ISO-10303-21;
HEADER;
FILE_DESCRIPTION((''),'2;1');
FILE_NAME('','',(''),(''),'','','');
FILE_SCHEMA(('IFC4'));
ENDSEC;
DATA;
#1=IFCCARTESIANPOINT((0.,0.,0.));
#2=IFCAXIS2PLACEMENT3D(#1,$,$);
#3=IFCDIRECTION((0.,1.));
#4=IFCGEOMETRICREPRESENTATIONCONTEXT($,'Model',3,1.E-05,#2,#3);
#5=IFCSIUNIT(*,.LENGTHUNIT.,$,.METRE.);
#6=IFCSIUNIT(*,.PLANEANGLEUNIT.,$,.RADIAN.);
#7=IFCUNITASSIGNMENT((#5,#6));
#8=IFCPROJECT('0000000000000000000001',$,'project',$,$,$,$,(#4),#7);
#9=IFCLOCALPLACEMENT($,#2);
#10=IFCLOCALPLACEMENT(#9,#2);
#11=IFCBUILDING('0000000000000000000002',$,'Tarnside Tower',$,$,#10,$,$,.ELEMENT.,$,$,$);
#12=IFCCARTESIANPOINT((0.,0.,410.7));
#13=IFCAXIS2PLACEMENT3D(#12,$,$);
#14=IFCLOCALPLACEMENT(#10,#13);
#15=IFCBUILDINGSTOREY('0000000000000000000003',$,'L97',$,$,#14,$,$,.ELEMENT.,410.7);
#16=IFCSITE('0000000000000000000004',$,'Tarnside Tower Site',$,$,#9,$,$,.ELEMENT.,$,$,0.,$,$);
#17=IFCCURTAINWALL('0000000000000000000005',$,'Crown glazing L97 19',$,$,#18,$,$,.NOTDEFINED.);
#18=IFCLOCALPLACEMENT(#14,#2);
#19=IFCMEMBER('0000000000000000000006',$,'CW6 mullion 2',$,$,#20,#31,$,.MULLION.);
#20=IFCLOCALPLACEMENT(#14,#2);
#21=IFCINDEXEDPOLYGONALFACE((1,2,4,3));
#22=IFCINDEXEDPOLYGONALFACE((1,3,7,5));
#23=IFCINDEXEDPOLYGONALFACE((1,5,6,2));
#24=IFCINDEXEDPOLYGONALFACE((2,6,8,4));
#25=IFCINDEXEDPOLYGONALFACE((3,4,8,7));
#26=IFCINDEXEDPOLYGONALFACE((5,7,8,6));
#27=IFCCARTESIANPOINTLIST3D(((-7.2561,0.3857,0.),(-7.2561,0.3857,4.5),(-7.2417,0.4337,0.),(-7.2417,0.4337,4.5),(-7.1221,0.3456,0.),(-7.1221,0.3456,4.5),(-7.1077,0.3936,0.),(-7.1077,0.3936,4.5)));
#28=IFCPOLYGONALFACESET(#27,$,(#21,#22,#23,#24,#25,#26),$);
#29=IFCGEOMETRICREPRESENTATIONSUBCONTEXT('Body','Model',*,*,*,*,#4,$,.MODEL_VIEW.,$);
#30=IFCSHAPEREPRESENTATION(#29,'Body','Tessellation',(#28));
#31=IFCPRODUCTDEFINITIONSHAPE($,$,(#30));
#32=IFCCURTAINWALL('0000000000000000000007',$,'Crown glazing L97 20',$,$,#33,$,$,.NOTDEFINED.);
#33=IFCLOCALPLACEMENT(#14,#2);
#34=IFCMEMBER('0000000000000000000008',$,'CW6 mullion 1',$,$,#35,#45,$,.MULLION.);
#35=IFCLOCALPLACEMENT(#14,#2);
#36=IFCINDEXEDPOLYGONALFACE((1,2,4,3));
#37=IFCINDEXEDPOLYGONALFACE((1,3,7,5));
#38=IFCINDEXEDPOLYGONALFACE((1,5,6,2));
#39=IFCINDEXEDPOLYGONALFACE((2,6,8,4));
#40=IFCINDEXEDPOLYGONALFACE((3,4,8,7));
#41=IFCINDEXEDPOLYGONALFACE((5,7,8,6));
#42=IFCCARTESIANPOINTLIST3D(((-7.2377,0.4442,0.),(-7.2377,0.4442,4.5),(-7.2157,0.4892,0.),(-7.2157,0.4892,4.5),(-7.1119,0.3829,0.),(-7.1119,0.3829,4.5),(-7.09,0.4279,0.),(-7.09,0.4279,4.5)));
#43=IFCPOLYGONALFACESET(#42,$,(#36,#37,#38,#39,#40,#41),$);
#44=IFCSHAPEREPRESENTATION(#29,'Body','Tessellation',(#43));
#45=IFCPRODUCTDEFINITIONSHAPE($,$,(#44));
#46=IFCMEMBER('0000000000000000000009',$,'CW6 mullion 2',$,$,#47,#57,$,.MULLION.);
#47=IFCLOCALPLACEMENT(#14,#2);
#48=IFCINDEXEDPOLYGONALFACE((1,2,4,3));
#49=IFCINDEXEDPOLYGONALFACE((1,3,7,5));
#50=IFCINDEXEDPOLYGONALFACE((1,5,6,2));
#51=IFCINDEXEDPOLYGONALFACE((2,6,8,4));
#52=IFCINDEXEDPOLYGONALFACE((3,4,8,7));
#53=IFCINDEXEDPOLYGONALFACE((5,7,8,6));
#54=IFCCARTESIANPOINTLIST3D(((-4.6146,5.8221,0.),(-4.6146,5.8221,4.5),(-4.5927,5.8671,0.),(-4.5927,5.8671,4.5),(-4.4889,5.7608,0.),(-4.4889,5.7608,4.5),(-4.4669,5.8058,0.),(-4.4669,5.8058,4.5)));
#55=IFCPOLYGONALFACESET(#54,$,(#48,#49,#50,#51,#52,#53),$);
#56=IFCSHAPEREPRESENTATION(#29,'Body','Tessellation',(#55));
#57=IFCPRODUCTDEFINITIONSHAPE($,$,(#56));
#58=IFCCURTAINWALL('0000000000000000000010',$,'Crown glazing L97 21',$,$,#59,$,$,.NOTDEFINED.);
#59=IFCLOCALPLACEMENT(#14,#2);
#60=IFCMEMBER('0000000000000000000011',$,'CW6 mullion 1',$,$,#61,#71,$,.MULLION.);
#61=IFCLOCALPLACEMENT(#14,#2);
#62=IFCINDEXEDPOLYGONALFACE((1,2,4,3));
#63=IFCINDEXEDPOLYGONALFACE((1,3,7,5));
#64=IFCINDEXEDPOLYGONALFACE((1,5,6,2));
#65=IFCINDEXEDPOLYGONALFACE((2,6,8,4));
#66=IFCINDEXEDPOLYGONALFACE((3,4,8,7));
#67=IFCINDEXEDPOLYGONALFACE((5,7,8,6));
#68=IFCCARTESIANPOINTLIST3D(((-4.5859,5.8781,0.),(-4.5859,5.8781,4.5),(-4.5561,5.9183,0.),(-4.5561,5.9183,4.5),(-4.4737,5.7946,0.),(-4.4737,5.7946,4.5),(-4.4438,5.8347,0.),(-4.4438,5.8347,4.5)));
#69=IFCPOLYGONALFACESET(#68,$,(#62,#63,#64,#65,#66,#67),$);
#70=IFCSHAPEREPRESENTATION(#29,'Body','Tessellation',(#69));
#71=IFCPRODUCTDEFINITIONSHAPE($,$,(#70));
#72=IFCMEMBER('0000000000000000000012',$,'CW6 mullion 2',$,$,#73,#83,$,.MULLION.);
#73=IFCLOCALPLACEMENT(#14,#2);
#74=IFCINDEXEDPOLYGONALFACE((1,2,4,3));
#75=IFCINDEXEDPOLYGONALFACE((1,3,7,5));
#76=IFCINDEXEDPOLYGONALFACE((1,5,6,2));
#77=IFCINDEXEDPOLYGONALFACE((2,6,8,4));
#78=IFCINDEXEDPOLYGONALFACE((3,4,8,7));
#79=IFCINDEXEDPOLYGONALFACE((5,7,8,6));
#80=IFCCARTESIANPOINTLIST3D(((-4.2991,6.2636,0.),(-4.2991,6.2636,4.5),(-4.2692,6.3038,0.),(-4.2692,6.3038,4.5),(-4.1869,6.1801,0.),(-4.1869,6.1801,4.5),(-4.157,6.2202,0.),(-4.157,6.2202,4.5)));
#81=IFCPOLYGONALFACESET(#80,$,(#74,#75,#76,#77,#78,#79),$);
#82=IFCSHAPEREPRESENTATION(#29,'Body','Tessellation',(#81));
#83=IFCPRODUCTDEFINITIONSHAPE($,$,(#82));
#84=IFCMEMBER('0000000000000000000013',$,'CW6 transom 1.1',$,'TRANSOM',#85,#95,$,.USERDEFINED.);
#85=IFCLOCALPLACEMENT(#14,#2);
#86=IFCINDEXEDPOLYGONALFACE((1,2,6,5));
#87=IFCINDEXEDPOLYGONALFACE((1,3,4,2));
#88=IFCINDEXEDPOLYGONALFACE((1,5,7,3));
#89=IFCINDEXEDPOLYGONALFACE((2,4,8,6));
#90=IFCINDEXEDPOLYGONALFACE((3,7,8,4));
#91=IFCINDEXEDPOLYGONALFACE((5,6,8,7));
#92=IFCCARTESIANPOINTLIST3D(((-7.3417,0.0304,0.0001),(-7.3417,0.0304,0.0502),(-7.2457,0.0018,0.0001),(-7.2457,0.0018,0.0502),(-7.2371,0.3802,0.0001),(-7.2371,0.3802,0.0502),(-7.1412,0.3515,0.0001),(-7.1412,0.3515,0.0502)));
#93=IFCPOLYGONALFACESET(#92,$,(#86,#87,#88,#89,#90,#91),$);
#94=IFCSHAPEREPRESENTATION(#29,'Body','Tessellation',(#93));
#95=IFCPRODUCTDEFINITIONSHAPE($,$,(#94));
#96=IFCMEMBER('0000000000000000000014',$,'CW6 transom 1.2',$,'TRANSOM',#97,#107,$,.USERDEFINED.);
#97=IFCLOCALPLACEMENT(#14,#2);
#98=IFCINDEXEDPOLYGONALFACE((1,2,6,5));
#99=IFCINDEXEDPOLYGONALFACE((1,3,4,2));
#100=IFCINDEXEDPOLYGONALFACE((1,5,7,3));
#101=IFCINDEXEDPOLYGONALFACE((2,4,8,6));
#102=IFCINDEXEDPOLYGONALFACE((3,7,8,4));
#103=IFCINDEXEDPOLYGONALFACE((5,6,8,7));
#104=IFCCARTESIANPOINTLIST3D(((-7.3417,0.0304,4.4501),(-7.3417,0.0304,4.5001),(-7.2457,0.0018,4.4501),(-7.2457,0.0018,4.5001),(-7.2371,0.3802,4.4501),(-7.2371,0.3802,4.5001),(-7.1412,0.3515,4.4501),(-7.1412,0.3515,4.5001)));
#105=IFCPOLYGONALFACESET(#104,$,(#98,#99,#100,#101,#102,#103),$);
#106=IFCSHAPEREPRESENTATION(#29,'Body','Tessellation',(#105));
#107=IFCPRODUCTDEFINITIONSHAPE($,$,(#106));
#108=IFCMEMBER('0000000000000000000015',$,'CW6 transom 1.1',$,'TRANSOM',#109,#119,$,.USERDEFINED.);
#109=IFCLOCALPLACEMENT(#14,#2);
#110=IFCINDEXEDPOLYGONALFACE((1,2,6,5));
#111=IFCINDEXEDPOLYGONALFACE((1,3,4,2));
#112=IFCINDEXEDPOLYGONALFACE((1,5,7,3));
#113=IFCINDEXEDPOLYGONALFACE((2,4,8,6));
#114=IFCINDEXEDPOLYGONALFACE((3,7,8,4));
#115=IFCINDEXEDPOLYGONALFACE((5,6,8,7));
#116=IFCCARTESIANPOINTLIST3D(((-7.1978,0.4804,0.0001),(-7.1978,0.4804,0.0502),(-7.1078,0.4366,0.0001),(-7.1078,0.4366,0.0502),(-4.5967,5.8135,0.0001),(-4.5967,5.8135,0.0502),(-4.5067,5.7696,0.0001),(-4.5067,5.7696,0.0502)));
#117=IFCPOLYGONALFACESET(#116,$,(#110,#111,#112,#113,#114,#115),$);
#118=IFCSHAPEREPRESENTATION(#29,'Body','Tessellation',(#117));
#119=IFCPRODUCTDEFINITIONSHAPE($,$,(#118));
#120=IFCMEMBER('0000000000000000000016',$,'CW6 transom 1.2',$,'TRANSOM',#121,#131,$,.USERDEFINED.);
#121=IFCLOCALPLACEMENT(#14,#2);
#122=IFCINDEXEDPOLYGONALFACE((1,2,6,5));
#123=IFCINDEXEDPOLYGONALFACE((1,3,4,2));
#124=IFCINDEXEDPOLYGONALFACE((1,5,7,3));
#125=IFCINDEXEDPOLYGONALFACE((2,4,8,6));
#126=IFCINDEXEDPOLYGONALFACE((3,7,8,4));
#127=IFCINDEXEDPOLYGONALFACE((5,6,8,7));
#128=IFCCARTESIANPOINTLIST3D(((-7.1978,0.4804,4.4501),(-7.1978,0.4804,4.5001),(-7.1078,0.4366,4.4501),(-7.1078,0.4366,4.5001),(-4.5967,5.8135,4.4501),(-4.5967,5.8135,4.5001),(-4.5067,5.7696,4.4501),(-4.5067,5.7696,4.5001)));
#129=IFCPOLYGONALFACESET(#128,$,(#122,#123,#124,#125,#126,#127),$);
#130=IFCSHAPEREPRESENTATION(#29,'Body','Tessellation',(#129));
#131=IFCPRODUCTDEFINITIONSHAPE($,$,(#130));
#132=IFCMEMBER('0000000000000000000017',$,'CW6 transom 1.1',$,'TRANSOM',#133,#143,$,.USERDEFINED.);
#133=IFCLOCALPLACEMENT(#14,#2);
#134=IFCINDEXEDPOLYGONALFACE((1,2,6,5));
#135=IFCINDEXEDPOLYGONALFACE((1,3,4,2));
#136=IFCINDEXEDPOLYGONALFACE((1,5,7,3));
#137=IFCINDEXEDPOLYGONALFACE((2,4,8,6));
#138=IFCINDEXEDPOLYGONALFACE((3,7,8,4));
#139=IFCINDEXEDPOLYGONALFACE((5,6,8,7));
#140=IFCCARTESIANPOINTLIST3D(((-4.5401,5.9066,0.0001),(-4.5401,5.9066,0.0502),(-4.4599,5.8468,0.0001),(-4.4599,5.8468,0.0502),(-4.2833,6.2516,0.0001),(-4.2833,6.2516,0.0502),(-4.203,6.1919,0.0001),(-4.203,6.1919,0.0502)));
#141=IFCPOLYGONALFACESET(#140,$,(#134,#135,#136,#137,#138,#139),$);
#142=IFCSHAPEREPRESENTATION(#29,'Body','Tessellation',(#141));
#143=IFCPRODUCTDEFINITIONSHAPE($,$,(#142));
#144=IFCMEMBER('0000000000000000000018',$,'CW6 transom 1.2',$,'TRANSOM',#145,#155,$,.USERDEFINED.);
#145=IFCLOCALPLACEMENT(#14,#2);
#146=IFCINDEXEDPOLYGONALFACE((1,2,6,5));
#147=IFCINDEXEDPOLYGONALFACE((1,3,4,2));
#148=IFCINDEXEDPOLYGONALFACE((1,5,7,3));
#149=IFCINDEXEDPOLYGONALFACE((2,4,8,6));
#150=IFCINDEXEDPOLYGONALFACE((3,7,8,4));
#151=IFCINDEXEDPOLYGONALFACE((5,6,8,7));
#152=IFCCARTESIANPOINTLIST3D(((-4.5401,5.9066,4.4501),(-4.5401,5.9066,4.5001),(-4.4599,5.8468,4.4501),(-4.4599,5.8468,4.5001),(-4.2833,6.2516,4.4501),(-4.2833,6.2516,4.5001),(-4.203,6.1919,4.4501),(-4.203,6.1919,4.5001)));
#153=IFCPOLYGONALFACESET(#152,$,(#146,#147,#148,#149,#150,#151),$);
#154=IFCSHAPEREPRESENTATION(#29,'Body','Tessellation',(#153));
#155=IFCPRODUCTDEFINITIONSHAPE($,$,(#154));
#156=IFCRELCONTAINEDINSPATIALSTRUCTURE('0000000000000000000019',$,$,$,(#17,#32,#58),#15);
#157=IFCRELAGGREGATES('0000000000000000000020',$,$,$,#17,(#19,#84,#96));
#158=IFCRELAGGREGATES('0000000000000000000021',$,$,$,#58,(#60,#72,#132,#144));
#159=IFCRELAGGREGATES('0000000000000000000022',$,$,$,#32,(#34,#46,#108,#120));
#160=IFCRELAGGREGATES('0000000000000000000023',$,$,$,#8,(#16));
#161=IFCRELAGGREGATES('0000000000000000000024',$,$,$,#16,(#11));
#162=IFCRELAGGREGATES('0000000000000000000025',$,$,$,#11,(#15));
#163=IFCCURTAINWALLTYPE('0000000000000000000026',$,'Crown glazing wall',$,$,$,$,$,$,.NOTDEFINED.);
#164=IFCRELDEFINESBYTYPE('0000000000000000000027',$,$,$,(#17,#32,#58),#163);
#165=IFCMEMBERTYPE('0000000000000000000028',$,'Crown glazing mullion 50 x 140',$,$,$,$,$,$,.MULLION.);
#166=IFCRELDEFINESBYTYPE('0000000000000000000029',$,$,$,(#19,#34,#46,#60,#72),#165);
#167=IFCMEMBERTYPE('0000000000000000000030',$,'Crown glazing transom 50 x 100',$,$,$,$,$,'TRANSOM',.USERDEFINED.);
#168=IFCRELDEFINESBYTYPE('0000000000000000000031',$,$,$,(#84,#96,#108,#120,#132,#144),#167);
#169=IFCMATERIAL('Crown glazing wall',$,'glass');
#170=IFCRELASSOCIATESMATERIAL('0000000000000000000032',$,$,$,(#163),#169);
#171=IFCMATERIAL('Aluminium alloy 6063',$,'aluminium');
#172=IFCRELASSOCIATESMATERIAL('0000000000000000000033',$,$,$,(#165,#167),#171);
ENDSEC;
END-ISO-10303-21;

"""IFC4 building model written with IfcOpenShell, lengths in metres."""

from ifc_helpers import new_model, si_unit, direction, frame, origin, origin_2d, place, context, subcontext, project, spatial, rectangle, extrude, material, material_profile, profile_set, type_object, element, aggregate, save


model = new_model("IFC4")

# Units and contexts
model_context = context("Model", 3, precision=1e-05, world=origin(), true_north=direction((0.0, 1.0)))
body_context = subcontext(model_context, "Body", "Model", "MODEL_VIEW")
ifc_project = project(units=[si_unit("LENGTHUNIT", "METRE"), si_unit("PLANEANGLEUNIT", "RADIAN")], contexts=[model_context])

# Site, building, storey
site_placement = place(None, origin())
site = spatial("IfcSite", under=ifc_project, at=site_placement, Name="Tarnside Tower Site", CompositionType="ELEMENT", RefElevation=0.0)
building_placement = place(site_placement, origin())
building = spatial("IfcBuilding", under=site, at=building_placement, Name="Tarnside Tower", CompositionType="ELEMENT")
storey_placement = place(building_placement, frame((0.0, 0.0, 410.7)))
storey = spatial("IfcBuildingStorey", under=building, at=storey_placement, Name="L97", CompositionType="ELEMENT", Elevation=410.7)

# Curtain wall, member
ifc_material_1 = material(Name="Crown glazing wall", Category="glass")
curtain_wall_type_1 = type_object("IfcCurtainWallType", Name="Crown glazing wall", PredefinedType="NOTDEFINED", material=ifc_material_1)
curtain_wall_1_placement = place(storey_placement, origin())
curtain_wall_1 = element("IfcCurtainWall", 1, at=curtain_wall_1_placement, inside=storey, type_object=curtain_wall_type_1, Name="Crown glazing L97 19", PredefinedType="NOTDEFINED")
ifc_material_2 = material(Name="Aluminium alloy 6063", Category="aluminium")
ifc_material_profile_1 = material_profile(ifc_material_2, rectangle(XDim=0.1399, YDim=0.05, at=origin_2d()), Name="Crown glazing mullion 50 x 140")
ifc_profile_set_1 = profile_set([ifc_material_profile_1], Name="Aluminium alloy 6063")
member_type_1 = type_object("IfcMemberType", Name="Crown glazing mullion 50 x 140", PredefinedType="MULLION", material=ifc_profile_set_1)
member_1_placement = place(storey_placement, frame((-7.1819, 0.3896, 0.0), z_axis=(0.0, 0.0, 1.0), x_axis=(-0.95799, 0.286803, 0.0)))
member_1 = element("IfcMember", 2, at=member_1_placement, type_object=member_type_1, Name="CW6 mullion 2", PredefinedType="MULLION", context=body_context, shape_type="SweptSolid", body=[
    extrude(rectangle(XDim=0.1399, YDim=0.05, at=origin_2d()), origin(), (0.0, 0.0, 1.0), 4.5),
])

# Curtain walls, members
curtain_wall_2_placement = place(storey_placement, origin())
curtain_wall_2 = element("IfcCurtainWall", 3, at=curtain_wall_2_placement, inside=storey, type_object=curtain_wall_type_1, Name="Crown glazing L97 20", PredefinedType="NOTDEFINED")
member_2_placement = place(storey_placement, frame((-7.1638, 0.436, 0.0), z_axis=(0.0, 0.0, 1.0), x_axis=(-0.898794, 0.438371, 0.0)))
member_2 = element("IfcMember", 4, at=member_2_placement, type_object=member_type_1, Name="CW6 mullion 1", PredefinedType="MULLION", context=body_context, shape_type="SweptSolid", body=[
    extrude(rectangle(XDim=0.1399, YDim=0.05, at=origin_2d()), origin(), (0.0, 0.0, 1.0), 4.5),
])
member_3_placement = place(storey_placement, frame((-4.5408, 5.814, 0.0), z_axis=(0.0, 0.0, 1.0), x_axis=(-0.898794, 0.438371, 0.0)))
member_3 = element("IfcMember", 5, at=member_3_placement, type_object=member_type_1, Name="CW6 mullion 2", PredefinedType="MULLION", context=body_context, shape_type="SweptSolid", body=[
    extrude(rectangle(XDim=0.1399, YDim=0.05, at=origin_2d()), origin(), (0.0, 0.0, 1.0), 4.5),
])
curtain_wall_3_placement = place(storey_placement, origin())
curtain_wall_3 = element("IfcCurtainWall", 6, at=curtain_wall_3_placement, inside=storey, type_object=curtain_wall_type_1, Name="Crown glazing L97 21", PredefinedType="NOTDEFINED")
member_4_placement = place(storey_placement, frame((-4.5149, 5.8564, 0.0), z_axis=(0.0, 0.0, 1.0), x_axis=(-0.802123, 0.597159, 0.0)))
member_4 = element("IfcMember", 7, at=member_4_placement, type_object=member_type_1, Name="CW6 mullion 1", PredefinedType="MULLION", context=body_context, shape_type="SweptSolid", body=[
    extrude(rectangle(XDim=0.1399, YDim=0.05, at=origin_2d()), origin(), (0.0, 0.0, 1.0), 4.5),
])
member_5_placement = place(storey_placement, frame((-4.228, 6.2419, 0.0), z_axis=(0.0, 0.0, 1.0), x_axis=(-0.802123, 0.597159, 0.0)))
member_5 = element("IfcMember", 8, at=member_5_placement, type_object=member_type_1, Name="CW6 mullion 2", PredefinedType="MULLION", context=body_context, shape_type="SweptSolid", body=[
    extrude(rectangle(XDim=0.1399, YDim=0.05, at=origin_2d()), origin(), (0.0, 0.0, 1.0), 4.5),
])

# Members
ifc_material_profile_2 = material_profile(ifc_material_2, rectangle(XDim=0.1001, YDim=0.05, at=origin_2d()), Name="Crown glazing transom 50 x 100")
ifc_profile_set_2 = profile_set([ifc_material_profile_2], Name="Aluminium alloy 6063")
member_type_2 = type_object("IfcMemberType", Name="Crown glazing transom 50 x 100", ElementType="TRANSOM", PredefinedType="USERDEFINED", material=ifc_profile_set_2)
member_6_placement = place(storey_placement, frame((-7.2937, 0.0161, 0.0251), z_axis=(0.286366, 0.95812, 0.0), x_axis=(-0.95812, 0.286366, 0.0)))
member_6 = element("IfcMember", 9, at=member_6_placement, type_object=member_type_2, Name="CW6 transom 1.1", ObjectType="TRANSOM", PredefinedType="USERDEFINED", context=body_context, shape_type="SweptSolid", body=[
    extrude(rectangle(XDim=0.1001, YDim=0.05, at=origin_2d()), origin(), (0.0, 0.0, 1.0), 0.365),
])
member_7_placement = place(storey_placement, frame((-7.2937, 0.0161, 4.4751), z_axis=(0.286366, 0.95812, 0.0), x_axis=(-0.95812, 0.286366, 0.0)))
member_7 = element("IfcMember", 10, at=member_7_placement, type_object=member_type_2, Name="CW6 transom 1.2", ObjectType="TRANSOM", PredefinedType="USERDEFINED", context=body_context, shape_type="SweptSolid", body=[
    extrude(rectangle(XDim=0.1001, YDim=0.05, at=origin_2d()), origin(), (0.0, 0.0, 1.0), 0.365),
])
member_8_placement = place(storey_placement, frame((-7.1528, 0.4585, 0.0251), z_axis=(0.43837, 0.898795, 0.0), x_axis=(-0.898795, 0.43837, 0.0)))
member_8 = element("IfcMember", 11, at=member_8_placement, type_object=member_type_2, Name="CW6 transom 1.1", ObjectType="TRANSOM", PredefinedType="USERDEFINED", context=body_context, shape_type="SweptSolid", body=[
    extrude(rectangle(XDim=0.1001, YDim=0.05, at=origin_2d()), origin(), (0.0, 0.0, 1.0), 5.9336),
])
member_9_placement = place(storey_placement, frame((-7.1528, 0.4585, 4.4751), z_axis=(0.43837, 0.898795, 0.0), x_axis=(-0.898795, 0.43837, 0.0)))
member_9 = element("IfcMember", 12, at=member_9_placement, type_object=member_type_2, Name="CW6 transom 1.2", ObjectType="TRANSOM", PredefinedType="USERDEFINED", context=body_context, shape_type="SweptSolid", body=[
    extrude(rectangle(XDim=0.1001, YDim=0.05, at=origin_2d()), origin(), (0.0, 0.0, 1.0), 5.9336),
])
member_10_placement = place(storey_placement, frame((-4.5, 5.8767, 0.0251), z_axis=(0.597181, 0.802107, 0.0), x_axis=(-0.802107, 0.597181, 0.0)))
member_10 = element("IfcMember", 13, at=member_10_placement, type_object=member_type_2, Name="CW6 transom 1.1", ObjectType="TRANSOM", PredefinedType="USERDEFINED", context=body_context, shape_type="SweptSolid", body=[
    extrude(rectangle(XDim=0.1001, YDim=0.05, at=origin_2d()), origin(), (0.0, 0.0, 1.0), 0.4302),
])
member_11_placement = place(storey_placement, frame((-4.5, 5.8767, 4.4751), z_axis=(0.597181, 0.802107, 0.0), x_axis=(-0.802107, 0.597181, 0.0)))
member_11 = element("IfcMember", 14, at=member_11_placement, type_object=member_type_2, Name="CW6 transom 1.2", ObjectType="TRANSOM", PredefinedType="USERDEFINED", context=body_context, shape_type="SweptSolid", body=[
    extrude(rectangle(XDim=0.1001, YDim=0.05, at=origin_2d()), origin(), (0.0, 0.0, 1.0), 0.4302),
])

aggregate(curtain_wall_1, [member_1, member_6, member_7])
aggregate(curtain_wall_3, [member_4, member_5, member_10, member_11])
aggregate(curtain_wall_2, [member_2, member_3, member_8, member_9])

save(model, "model.ifc")
